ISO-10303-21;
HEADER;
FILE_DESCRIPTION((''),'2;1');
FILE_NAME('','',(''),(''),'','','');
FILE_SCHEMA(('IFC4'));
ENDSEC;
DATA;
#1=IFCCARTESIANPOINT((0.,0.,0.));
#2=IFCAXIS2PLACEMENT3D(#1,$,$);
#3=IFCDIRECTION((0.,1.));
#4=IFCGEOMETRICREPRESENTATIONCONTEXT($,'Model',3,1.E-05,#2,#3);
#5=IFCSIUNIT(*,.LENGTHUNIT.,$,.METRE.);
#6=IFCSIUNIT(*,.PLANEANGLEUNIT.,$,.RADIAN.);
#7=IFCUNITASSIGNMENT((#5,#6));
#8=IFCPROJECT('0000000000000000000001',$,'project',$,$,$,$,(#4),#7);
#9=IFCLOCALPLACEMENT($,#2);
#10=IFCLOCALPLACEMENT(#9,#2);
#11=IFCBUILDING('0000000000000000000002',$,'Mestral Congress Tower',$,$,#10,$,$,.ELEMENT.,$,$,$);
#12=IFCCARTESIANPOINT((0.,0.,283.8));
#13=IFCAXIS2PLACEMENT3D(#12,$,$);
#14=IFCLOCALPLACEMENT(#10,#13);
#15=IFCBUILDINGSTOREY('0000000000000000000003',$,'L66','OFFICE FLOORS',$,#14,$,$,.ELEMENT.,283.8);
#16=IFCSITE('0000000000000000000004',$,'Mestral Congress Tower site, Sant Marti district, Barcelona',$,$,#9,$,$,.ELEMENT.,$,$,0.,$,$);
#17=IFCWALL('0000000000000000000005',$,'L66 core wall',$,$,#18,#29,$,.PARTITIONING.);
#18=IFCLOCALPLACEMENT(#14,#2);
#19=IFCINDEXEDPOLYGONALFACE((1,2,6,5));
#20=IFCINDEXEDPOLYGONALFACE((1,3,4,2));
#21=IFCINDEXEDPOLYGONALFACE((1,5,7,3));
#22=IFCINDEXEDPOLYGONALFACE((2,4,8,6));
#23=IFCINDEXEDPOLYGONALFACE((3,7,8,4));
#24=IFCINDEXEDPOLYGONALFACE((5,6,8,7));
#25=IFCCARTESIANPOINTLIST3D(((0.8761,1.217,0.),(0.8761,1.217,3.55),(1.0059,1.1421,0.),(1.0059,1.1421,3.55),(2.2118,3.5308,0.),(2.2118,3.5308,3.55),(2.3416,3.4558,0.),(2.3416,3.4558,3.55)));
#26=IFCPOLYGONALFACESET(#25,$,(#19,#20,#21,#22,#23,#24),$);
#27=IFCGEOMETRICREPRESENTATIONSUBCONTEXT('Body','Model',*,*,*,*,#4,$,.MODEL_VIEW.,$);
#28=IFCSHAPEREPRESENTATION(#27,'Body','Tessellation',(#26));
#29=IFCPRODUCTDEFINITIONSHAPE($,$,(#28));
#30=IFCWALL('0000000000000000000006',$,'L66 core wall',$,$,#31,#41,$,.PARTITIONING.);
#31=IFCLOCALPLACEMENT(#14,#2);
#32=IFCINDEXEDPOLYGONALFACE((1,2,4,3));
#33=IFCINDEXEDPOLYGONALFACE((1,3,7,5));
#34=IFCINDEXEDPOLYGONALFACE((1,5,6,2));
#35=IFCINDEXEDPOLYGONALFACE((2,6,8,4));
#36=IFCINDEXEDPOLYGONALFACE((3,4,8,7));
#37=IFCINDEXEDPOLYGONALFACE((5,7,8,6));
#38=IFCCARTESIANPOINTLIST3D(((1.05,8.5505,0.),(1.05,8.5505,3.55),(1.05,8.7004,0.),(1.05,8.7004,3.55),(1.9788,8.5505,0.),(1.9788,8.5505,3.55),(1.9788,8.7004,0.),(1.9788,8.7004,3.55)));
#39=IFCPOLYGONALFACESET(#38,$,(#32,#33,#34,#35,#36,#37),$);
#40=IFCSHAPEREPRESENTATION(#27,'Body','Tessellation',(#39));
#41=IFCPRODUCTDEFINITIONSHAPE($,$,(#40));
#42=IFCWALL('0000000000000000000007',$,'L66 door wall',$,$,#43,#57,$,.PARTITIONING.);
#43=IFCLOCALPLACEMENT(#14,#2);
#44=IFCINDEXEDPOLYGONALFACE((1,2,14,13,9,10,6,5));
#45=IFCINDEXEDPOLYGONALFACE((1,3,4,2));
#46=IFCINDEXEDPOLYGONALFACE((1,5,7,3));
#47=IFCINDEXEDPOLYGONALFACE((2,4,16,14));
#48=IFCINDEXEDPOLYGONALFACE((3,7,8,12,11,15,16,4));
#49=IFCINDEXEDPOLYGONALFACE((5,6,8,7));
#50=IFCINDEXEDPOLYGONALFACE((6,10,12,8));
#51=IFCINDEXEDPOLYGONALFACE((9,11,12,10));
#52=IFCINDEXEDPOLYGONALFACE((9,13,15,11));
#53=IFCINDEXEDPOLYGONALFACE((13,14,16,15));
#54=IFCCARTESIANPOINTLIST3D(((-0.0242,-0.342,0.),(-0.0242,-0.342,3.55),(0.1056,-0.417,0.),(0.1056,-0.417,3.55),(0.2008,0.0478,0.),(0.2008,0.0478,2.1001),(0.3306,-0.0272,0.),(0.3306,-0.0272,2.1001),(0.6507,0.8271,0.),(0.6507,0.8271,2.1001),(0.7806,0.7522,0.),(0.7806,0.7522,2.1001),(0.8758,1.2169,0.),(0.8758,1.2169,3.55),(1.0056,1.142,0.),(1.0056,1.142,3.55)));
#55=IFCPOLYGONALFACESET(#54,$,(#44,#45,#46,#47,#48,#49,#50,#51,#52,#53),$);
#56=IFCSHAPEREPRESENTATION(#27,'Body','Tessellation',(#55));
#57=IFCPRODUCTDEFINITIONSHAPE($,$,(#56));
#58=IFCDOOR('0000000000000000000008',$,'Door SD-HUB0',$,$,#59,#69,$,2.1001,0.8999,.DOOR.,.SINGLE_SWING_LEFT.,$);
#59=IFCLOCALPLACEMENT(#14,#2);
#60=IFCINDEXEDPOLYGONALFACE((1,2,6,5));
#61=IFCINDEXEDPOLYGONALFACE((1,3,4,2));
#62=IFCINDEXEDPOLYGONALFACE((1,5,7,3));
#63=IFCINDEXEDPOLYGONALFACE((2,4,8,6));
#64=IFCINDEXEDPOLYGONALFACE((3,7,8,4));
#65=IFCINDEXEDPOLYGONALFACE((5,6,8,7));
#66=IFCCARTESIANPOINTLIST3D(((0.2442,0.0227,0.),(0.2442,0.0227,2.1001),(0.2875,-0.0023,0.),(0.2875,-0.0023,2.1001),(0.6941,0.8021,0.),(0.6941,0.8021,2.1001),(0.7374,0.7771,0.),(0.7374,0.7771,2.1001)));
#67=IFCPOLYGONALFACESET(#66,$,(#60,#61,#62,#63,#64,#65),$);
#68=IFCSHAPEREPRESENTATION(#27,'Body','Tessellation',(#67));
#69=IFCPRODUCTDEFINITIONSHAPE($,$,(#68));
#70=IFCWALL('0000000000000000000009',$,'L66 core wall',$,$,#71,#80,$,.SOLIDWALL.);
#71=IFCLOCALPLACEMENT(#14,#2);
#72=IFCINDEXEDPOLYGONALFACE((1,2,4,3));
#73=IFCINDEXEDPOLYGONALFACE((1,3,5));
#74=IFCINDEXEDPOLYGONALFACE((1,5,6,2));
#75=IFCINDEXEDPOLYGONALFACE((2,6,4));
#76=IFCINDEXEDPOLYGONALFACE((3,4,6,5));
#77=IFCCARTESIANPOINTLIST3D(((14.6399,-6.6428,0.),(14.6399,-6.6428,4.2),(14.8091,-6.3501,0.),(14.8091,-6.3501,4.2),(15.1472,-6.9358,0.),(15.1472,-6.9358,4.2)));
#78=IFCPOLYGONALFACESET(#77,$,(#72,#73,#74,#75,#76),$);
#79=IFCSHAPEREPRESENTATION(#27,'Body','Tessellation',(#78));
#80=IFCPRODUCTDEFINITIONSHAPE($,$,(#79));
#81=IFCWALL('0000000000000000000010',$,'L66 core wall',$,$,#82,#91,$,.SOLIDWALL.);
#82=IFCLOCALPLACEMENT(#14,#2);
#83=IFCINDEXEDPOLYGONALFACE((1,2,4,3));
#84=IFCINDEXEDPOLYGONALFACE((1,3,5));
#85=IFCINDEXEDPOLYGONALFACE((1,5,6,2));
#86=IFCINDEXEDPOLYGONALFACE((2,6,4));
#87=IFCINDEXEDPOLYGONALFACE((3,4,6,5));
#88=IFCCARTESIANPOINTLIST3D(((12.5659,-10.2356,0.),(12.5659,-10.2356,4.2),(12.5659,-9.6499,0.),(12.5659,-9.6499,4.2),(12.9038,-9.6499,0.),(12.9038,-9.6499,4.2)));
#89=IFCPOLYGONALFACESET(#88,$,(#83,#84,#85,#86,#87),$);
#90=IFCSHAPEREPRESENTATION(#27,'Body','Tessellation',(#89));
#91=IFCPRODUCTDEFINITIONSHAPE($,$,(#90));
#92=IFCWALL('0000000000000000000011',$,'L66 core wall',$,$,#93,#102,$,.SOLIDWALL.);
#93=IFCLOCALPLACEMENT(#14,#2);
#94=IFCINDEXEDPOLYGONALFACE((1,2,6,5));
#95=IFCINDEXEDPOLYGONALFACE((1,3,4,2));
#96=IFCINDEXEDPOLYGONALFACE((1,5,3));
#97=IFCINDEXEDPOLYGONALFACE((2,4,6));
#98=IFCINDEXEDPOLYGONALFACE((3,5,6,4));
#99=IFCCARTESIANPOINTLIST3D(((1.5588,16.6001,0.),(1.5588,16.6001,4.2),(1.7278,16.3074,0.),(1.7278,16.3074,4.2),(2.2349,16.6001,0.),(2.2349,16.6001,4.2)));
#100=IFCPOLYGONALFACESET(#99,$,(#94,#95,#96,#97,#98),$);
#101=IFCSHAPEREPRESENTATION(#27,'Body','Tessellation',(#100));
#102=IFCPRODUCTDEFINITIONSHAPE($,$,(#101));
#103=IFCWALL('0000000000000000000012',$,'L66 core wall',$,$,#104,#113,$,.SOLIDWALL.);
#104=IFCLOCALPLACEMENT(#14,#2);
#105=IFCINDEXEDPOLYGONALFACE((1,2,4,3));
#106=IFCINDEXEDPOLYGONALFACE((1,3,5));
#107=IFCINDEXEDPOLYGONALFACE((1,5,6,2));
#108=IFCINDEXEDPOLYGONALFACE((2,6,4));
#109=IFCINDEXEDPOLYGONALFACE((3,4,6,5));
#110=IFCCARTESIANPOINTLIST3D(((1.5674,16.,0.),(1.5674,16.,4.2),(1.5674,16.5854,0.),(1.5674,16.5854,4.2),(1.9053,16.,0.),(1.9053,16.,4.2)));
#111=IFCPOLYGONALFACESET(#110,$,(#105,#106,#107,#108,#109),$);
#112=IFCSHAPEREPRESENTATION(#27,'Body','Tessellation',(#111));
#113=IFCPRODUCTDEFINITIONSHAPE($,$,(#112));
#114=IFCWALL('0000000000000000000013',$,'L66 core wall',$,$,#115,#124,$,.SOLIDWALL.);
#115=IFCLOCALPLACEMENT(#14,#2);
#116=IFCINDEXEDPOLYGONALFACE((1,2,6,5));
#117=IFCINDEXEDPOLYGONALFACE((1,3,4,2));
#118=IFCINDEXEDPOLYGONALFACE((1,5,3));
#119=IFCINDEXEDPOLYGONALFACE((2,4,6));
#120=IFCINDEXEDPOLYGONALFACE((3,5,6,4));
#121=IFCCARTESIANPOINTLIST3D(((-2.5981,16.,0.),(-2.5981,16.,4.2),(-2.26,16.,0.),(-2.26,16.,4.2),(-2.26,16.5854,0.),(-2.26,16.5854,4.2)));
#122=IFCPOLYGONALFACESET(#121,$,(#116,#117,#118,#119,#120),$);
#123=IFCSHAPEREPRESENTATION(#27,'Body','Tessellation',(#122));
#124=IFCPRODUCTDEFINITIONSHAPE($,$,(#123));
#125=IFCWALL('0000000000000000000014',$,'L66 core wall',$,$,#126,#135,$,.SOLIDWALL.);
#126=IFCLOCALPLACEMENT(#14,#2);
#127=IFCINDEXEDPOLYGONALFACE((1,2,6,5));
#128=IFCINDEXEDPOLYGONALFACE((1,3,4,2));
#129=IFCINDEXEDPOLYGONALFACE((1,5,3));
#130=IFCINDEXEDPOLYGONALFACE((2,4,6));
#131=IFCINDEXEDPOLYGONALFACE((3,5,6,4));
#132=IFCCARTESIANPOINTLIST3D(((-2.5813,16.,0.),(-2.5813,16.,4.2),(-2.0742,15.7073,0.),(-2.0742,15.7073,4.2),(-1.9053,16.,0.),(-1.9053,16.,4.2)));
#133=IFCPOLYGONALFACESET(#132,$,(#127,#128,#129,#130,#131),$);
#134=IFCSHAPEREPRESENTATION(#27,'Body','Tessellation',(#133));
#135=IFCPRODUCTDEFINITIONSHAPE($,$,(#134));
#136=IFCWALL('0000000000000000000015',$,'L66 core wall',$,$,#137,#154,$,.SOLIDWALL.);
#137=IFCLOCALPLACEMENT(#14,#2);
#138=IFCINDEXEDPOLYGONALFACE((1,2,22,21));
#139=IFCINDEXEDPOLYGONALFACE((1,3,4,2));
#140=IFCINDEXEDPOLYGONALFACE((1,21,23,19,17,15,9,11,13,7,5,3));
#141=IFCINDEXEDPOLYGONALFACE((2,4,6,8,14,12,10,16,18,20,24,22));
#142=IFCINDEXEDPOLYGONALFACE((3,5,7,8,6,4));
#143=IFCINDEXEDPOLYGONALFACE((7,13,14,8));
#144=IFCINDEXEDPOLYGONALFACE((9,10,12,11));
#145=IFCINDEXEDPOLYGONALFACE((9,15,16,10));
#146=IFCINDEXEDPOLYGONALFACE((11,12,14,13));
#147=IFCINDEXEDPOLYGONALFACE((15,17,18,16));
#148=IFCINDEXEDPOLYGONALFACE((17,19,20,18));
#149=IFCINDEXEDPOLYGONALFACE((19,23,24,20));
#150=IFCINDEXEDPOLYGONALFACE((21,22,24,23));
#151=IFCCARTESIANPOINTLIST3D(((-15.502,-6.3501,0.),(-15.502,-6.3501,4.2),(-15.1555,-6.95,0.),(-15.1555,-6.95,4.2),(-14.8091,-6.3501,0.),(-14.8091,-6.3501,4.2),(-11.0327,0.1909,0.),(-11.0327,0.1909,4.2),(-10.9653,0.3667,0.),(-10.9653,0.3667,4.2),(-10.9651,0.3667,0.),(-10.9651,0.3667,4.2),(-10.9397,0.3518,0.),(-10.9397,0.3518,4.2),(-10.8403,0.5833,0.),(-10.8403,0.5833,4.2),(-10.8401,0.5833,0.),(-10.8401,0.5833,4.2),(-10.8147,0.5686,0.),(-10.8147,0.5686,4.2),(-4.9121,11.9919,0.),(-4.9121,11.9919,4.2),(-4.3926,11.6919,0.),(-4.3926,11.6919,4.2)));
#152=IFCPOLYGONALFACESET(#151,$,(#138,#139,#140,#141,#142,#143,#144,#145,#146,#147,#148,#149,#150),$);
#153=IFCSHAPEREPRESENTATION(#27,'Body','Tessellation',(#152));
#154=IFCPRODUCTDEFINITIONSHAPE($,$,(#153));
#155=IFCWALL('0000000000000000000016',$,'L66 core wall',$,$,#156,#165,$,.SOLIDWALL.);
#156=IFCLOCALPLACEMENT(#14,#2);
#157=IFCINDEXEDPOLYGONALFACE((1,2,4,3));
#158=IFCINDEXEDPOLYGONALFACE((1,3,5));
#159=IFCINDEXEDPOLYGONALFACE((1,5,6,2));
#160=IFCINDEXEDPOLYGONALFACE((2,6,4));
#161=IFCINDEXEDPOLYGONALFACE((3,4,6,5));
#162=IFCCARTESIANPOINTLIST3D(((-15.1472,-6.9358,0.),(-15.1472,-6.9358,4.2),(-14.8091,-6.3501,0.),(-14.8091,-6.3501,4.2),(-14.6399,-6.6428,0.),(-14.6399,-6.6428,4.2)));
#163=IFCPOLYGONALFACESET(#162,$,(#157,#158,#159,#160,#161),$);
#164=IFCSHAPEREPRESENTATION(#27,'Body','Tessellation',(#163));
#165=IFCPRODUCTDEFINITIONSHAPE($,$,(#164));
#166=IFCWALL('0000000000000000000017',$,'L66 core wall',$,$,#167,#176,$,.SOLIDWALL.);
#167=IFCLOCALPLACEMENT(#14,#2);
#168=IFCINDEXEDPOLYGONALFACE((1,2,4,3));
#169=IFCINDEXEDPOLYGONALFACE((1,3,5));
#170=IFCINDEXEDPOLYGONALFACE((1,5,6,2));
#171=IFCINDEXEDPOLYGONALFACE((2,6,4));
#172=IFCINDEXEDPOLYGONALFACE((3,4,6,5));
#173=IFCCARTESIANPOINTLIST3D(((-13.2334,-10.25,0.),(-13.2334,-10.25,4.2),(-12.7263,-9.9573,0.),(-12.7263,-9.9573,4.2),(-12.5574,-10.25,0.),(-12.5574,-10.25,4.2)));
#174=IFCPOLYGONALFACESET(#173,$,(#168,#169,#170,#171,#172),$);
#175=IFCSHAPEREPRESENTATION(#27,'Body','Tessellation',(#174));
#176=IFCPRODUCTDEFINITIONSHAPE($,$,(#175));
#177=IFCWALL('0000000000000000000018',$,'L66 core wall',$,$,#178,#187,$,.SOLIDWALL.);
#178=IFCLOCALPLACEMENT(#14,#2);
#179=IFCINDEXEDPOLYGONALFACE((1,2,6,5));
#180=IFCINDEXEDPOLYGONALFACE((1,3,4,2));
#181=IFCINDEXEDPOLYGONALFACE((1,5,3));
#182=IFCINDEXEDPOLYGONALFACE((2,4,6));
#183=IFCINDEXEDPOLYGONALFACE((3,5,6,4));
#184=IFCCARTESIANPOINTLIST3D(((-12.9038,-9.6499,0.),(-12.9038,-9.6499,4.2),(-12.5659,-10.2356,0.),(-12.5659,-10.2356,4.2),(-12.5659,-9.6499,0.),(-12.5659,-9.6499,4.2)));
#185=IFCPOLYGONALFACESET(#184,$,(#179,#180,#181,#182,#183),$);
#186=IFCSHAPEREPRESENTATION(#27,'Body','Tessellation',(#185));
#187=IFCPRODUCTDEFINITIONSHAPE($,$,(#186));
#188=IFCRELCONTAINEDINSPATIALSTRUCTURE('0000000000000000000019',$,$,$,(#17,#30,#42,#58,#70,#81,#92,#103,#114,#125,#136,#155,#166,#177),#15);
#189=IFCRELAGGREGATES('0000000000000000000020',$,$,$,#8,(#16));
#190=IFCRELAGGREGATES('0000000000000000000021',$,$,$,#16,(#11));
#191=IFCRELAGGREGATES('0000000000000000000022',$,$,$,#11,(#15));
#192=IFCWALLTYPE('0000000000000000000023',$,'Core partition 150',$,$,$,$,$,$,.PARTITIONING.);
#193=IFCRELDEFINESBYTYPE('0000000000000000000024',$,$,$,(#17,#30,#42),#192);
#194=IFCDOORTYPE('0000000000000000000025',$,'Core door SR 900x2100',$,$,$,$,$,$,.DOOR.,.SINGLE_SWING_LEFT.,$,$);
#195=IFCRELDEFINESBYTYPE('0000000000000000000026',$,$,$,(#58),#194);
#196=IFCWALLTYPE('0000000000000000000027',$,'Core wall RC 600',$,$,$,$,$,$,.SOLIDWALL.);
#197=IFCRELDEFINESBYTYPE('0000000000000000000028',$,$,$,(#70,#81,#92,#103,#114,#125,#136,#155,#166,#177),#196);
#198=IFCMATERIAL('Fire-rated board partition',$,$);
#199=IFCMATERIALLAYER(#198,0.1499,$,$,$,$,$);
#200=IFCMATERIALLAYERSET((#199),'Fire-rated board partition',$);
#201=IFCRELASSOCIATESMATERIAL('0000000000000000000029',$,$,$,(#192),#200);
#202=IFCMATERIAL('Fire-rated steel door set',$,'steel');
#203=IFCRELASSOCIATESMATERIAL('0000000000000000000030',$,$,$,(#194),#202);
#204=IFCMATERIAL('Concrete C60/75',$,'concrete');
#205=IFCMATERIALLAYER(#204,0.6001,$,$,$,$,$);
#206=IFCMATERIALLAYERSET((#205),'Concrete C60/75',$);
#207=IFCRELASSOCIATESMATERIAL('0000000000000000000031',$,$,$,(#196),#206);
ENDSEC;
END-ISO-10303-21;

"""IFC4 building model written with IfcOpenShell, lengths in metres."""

from ifc_helpers import new_model, si_unit, direction, frame, frame_2d, origin, place, context, subcontext, project, spatial, polyline, rectangle, outline, extrude, material, layer, layer_set, type_object, element, fill, save


model = new_model("IFC4")

# Units and contexts
model_context = context("Model", 3, precision=1e-05, world=origin(), true_north=direction((0.0, 1.0)))
body_context = subcontext(model_context, "Body", "Model", "MODEL_VIEW")
ifc_project = project(units=[si_unit("LENGTHUNIT", "METRE"), si_unit("PLANEANGLEUNIT", "RADIAN")], contexts=[model_context])

# Site, building, storey
site_placement = place(None, origin())
site = spatial("IfcSite", under=ifc_project, at=site_placement, Name="Mestral Congress Tower site, Sant Marti district, Barcelona", CompositionType="ELEMENT", RefElevation=0.0)
building_placement = place(site_placement, origin())
building = spatial("IfcBuilding", under=site, at=building_placement, Name="Mestral Congress Tower", CompositionType="ELEMENT")
storey_placement = place(building_placement, frame((0.0, 0.0, 283.8)))
storey = spatial("IfcBuildingStorey", under=building, at=storey_placement, Name="L66", Description="OFFICE FLOORS", CompositionType="ELEMENT", Elevation=283.8)

# Walls
ifc_material_1 = material(Name="Fire-rated board partition")
ifc_layer_1 = layer(ifc_material_1, 0.1499)
ifc_layer_set_1 = layer_set([ifc_layer_1], Name="Fire-rated board partition")
wall_type_1 = type_object("IfcWallType", Name="Core partition 150", PredefinedType="PARTITIONING", material=ifc_layer_set_1)
wall_1_placement = place(storey_placement, frame((0.9409, 1.1794, 0.0), z_axis=(0.0, 0.0, 1.0), x_axis=(0.499962, 0.866047, 0.0)))
element("IfcWall", 1, at=wall_1_placement, inside=storey, type_object=wall_type_1, Name="L66 core wall", PredefinedType="PARTITIONING", context=body_context, shape_type="SweptSolid", body=[
    extrude(rectangle(XDim=2.6716, YDim=0.1499, at=frame_2d((1.3359, 0.0))), origin(), (0.0, 0.0, 1.0), 3.55),
])
wall_2_placement = place(storey_placement, frame((1.05, 8.6255, 0.0), z_axis=(0.0, 0.0, 1.0), x_axis=(1.0, 0.0, 0.0)))
element("IfcWall", 2, at=wall_2_placement, inside=storey, type_object=wall_type_1, Name="L66 core wall", PredefinedType="PARTITIONING", context=body_context, shape_type="SweptSolid", body=[
    extrude(rectangle(XDim=0.9287, YDim=0.1499, at=frame_2d((0.4644, 0.0))), origin(), (0.0, 0.0, 1.0), 3.55),
])

# Wall, opening, door
wall_3_placement = place(storey_placement, frame((0.0408, -0.3794, 0.0), z_axis=(0.0, 0.0, 1.0), x_axis=(0.499961, 0.866048, 0.0)))
wall_3 = element("IfcWall", 3, at=wall_3_placement, inside=storey, type_object=wall_type_1, Name="L66 door wall", PredefinedType="PARTITIONING", context=body_context, shape_type="SweptSolid", body=[
    extrude(rectangle(XDim=1.8, YDim=0.1499, at=frame_2d((0.8999, 0.0))), origin(), (0.0, 0.0, 1.0), 3.55),
])
opening_1_placement = place(wall_3_placement, frame((0.45, 0.0, 0.0)))
opening_1 = element("IfcOpeningElement", 4, at=opening_1_placement, cuts=wall_3, PredefinedType="OPENING", context=body_context, shape_type="SweptSolid", body=[
    extrude(rectangle(XDim=0.8999, YDim=2.1001, at=frame_2d((0.45, 1.05))), frame((0.0, 0.085, 0.0), z_axis=(0.0, -1.0, 0.0), x_axis=(1.0, 0.0, 0.0)), (0.0, 0.0, 1.0), 0.1699),
])
ifc_material_2 = material(Name="Fire-rated steel door set", Category="steel")
door_type_1 = type_object("IfcDoorType", Name="Core door SR 900x2100", OperationType="SINGLE_SWING_LEFT", PredefinedType="DOOR", material=ifc_material_2)
door_1_placement = place(opening_1_placement, origin())
door_1 = element("IfcDoor", 5, at=door_1_placement, inside=storey, type_object=door_type_1, Name="Door SD-HUB0", OperationType="SINGLE_SWING_LEFT", OverallHeight=2.1001, OverallWidth=0.8999, PredefinedType="DOOR", context=body_context, shape_type="SweptSolid", body=[
    extrude(rectangle(XDim=0.8999, YDim=2.1001, at=frame_2d((0.45, 1.05))), frame((0.0, 0.0249, 0.0), z_axis=(0.0, -1.0, 0.0), x_axis=(1.0, 0.0, 0.0)), (0.0, 0.0, 1.0), 0.05),
])
fill(opening_1, door_1)

# Walls
ifc_material_3 = material(Name="Concrete C60/75", Category="concrete")
ifc_layer_2 = layer(ifc_material_3, 0.6001)
ifc_layer_set_2 = layer_set([ifc_layer_2], Name="Concrete C60/75")
wall_type_2 = type_object("IfcWallType", Name="Core wall RC 600", PredefinedType="SOLIDWALL", material=ifc_layer_set_2)
placement = place(storey_placement, origin())
element("IfcWall", 6, at=placement, inside=storey, type_object=wall_type_2, Name="L66 core wall", PredefinedType="SOLIDWALL", context=body_context, shape_type="SweptSolid", body=[
    extrude(outline(polyline([(14.8091, -6.3501), (15.1472, -6.9358), (14.6399, -6.6428), (14.8091, -6.3501)])), origin(), (0.0, 0.0, 1.0), 4.2),
])
element("IfcWall", 7, at=placement, inside=storey, type_object=wall_type_2, Name="L66 core wall", PredefinedType="SOLIDWALL", context=body_context, shape_type="SweptSolid", body=[
    extrude(outline(polyline([(12.9038, -9.6499), (12.5659, -10.2356), (12.5659, -9.6499), (12.9038, -9.6499)])), origin(), (0.0, 0.0, 1.0), 4.2),
])
element("IfcWall", 8, at=placement, inside=storey, type_object=wall_type_2, Name="L66 core wall", PredefinedType="SOLIDWALL", context=body_context, shape_type="SweptSolid", body=[
    extrude(outline(polyline([(1.5588, 16.6001), (2.2349, 16.6001), (1.7278, 16.3074), (1.5588, 16.6001)])), origin(), (0.0, 0.0, 1.0), 4.2),
])
element("IfcWall", 9, at=placement, inside=storey, type_object=wall_type_2, Name="L66 core wall", PredefinedType="SOLIDWALL", context=body_context, shape_type="SweptSolid", body=[
    extrude(outline(polyline([(1.9053, 16.0), (1.5674, 16.0), (1.5674, 16.5854), (1.9053, 16.0)])), origin(), (0.0, 0.0, 1.0), 4.2),
])
element("IfcWall", 10, at=placement, inside=storey, type_object=wall_type_2, Name="L66 core wall", PredefinedType="SOLIDWALL", context=body_context, shape_type="SweptSolid", body=[
    extrude(outline(polyline([(-2.5981, 16.0), (-2.26, 16.5854), (-2.26, 16.0), (-2.5981, 16.0)])), origin(), (0.0, 0.0, 1.0), 4.2),
])
element("IfcWall", 11, at=placement, inside=storey, type_object=wall_type_2, Name="L66 core wall", PredefinedType="SOLIDWALL", context=body_context, shape_type="SweptSolid", body=[
    extrude(outline(polyline([(-1.9053, 16.0), (-2.0742, 15.7073), (-2.5813, 16.0), (-1.9053, 16.0)])), origin(), (0.0, 0.0, 1.0), 4.2),
])
element("IfcWall", 12, at=placement, inside=storey, type_object=wall_type_2, Name="L66 core wall", PredefinedType="SOLIDWALL", context=body_context, shape_type="SweptSolid", body=[
    extrude(outline(polyline([(-15.502, -6.3501), (-4.9121, 11.9919), (-4.3926, 11.6919), (-10.8147, 0.5686), (-10.8401, 0.5833), (-10.8401, 0.5833), (-10.8403, 0.5833), (-10.9653, 0.3667), (-10.9653, 0.3667), (-10.9651, 0.3667), (-10.9397, 0.3518), (-11.0327, 0.1909), (-14.8091, -6.3501), (-15.1555, -6.95), (-15.502, -6.3501)])), origin(), (0.0, 0.0, 1.0), 4.2),
])
element("IfcWall", 13, at=placement, inside=storey, type_object=wall_type_2, Name="L66 core wall", PredefinedType="SOLIDWALL", context=body_context, shape_type="SweptSolid", body=[
    extrude(outline(polyline([(-14.6399, -6.6428), (-15.1472, -6.9358), (-14.8091, -6.3501), (-14.6399, -6.6428)])), origin(), (0.0, 0.0, 1.0), 4.2),
])
element("IfcWall", 14, at=placement, inside=storey, type_object=wall_type_2, Name="L66 core wall", PredefinedType="SOLIDWALL", context=body_context, shape_type="SweptSolid", body=[
    extrude(outline(polyline([(-12.5574, -10.25), (-13.2334, -10.25), (-12.7263, -9.9573), (-12.5574, -10.25)])), origin(), (0.0, 0.0, 1.0), 4.2),
])
element("IfcWall", 15, at=placement, inside=storey, type_object=wall_type_2, Name="L66 core wall", PredefinedType="SOLIDWALL", context=body_context, shape_type="SweptSolid", body=[
    extrude(outline(polyline([(-12.9038, -9.6499), (-12.5659, -9.6499), (-12.5659, -10.2356), (-12.9038, -9.6499)])), origin(), (0.0, 0.0, 1.0), 4.2),
])

save(model, "model.ifc")
